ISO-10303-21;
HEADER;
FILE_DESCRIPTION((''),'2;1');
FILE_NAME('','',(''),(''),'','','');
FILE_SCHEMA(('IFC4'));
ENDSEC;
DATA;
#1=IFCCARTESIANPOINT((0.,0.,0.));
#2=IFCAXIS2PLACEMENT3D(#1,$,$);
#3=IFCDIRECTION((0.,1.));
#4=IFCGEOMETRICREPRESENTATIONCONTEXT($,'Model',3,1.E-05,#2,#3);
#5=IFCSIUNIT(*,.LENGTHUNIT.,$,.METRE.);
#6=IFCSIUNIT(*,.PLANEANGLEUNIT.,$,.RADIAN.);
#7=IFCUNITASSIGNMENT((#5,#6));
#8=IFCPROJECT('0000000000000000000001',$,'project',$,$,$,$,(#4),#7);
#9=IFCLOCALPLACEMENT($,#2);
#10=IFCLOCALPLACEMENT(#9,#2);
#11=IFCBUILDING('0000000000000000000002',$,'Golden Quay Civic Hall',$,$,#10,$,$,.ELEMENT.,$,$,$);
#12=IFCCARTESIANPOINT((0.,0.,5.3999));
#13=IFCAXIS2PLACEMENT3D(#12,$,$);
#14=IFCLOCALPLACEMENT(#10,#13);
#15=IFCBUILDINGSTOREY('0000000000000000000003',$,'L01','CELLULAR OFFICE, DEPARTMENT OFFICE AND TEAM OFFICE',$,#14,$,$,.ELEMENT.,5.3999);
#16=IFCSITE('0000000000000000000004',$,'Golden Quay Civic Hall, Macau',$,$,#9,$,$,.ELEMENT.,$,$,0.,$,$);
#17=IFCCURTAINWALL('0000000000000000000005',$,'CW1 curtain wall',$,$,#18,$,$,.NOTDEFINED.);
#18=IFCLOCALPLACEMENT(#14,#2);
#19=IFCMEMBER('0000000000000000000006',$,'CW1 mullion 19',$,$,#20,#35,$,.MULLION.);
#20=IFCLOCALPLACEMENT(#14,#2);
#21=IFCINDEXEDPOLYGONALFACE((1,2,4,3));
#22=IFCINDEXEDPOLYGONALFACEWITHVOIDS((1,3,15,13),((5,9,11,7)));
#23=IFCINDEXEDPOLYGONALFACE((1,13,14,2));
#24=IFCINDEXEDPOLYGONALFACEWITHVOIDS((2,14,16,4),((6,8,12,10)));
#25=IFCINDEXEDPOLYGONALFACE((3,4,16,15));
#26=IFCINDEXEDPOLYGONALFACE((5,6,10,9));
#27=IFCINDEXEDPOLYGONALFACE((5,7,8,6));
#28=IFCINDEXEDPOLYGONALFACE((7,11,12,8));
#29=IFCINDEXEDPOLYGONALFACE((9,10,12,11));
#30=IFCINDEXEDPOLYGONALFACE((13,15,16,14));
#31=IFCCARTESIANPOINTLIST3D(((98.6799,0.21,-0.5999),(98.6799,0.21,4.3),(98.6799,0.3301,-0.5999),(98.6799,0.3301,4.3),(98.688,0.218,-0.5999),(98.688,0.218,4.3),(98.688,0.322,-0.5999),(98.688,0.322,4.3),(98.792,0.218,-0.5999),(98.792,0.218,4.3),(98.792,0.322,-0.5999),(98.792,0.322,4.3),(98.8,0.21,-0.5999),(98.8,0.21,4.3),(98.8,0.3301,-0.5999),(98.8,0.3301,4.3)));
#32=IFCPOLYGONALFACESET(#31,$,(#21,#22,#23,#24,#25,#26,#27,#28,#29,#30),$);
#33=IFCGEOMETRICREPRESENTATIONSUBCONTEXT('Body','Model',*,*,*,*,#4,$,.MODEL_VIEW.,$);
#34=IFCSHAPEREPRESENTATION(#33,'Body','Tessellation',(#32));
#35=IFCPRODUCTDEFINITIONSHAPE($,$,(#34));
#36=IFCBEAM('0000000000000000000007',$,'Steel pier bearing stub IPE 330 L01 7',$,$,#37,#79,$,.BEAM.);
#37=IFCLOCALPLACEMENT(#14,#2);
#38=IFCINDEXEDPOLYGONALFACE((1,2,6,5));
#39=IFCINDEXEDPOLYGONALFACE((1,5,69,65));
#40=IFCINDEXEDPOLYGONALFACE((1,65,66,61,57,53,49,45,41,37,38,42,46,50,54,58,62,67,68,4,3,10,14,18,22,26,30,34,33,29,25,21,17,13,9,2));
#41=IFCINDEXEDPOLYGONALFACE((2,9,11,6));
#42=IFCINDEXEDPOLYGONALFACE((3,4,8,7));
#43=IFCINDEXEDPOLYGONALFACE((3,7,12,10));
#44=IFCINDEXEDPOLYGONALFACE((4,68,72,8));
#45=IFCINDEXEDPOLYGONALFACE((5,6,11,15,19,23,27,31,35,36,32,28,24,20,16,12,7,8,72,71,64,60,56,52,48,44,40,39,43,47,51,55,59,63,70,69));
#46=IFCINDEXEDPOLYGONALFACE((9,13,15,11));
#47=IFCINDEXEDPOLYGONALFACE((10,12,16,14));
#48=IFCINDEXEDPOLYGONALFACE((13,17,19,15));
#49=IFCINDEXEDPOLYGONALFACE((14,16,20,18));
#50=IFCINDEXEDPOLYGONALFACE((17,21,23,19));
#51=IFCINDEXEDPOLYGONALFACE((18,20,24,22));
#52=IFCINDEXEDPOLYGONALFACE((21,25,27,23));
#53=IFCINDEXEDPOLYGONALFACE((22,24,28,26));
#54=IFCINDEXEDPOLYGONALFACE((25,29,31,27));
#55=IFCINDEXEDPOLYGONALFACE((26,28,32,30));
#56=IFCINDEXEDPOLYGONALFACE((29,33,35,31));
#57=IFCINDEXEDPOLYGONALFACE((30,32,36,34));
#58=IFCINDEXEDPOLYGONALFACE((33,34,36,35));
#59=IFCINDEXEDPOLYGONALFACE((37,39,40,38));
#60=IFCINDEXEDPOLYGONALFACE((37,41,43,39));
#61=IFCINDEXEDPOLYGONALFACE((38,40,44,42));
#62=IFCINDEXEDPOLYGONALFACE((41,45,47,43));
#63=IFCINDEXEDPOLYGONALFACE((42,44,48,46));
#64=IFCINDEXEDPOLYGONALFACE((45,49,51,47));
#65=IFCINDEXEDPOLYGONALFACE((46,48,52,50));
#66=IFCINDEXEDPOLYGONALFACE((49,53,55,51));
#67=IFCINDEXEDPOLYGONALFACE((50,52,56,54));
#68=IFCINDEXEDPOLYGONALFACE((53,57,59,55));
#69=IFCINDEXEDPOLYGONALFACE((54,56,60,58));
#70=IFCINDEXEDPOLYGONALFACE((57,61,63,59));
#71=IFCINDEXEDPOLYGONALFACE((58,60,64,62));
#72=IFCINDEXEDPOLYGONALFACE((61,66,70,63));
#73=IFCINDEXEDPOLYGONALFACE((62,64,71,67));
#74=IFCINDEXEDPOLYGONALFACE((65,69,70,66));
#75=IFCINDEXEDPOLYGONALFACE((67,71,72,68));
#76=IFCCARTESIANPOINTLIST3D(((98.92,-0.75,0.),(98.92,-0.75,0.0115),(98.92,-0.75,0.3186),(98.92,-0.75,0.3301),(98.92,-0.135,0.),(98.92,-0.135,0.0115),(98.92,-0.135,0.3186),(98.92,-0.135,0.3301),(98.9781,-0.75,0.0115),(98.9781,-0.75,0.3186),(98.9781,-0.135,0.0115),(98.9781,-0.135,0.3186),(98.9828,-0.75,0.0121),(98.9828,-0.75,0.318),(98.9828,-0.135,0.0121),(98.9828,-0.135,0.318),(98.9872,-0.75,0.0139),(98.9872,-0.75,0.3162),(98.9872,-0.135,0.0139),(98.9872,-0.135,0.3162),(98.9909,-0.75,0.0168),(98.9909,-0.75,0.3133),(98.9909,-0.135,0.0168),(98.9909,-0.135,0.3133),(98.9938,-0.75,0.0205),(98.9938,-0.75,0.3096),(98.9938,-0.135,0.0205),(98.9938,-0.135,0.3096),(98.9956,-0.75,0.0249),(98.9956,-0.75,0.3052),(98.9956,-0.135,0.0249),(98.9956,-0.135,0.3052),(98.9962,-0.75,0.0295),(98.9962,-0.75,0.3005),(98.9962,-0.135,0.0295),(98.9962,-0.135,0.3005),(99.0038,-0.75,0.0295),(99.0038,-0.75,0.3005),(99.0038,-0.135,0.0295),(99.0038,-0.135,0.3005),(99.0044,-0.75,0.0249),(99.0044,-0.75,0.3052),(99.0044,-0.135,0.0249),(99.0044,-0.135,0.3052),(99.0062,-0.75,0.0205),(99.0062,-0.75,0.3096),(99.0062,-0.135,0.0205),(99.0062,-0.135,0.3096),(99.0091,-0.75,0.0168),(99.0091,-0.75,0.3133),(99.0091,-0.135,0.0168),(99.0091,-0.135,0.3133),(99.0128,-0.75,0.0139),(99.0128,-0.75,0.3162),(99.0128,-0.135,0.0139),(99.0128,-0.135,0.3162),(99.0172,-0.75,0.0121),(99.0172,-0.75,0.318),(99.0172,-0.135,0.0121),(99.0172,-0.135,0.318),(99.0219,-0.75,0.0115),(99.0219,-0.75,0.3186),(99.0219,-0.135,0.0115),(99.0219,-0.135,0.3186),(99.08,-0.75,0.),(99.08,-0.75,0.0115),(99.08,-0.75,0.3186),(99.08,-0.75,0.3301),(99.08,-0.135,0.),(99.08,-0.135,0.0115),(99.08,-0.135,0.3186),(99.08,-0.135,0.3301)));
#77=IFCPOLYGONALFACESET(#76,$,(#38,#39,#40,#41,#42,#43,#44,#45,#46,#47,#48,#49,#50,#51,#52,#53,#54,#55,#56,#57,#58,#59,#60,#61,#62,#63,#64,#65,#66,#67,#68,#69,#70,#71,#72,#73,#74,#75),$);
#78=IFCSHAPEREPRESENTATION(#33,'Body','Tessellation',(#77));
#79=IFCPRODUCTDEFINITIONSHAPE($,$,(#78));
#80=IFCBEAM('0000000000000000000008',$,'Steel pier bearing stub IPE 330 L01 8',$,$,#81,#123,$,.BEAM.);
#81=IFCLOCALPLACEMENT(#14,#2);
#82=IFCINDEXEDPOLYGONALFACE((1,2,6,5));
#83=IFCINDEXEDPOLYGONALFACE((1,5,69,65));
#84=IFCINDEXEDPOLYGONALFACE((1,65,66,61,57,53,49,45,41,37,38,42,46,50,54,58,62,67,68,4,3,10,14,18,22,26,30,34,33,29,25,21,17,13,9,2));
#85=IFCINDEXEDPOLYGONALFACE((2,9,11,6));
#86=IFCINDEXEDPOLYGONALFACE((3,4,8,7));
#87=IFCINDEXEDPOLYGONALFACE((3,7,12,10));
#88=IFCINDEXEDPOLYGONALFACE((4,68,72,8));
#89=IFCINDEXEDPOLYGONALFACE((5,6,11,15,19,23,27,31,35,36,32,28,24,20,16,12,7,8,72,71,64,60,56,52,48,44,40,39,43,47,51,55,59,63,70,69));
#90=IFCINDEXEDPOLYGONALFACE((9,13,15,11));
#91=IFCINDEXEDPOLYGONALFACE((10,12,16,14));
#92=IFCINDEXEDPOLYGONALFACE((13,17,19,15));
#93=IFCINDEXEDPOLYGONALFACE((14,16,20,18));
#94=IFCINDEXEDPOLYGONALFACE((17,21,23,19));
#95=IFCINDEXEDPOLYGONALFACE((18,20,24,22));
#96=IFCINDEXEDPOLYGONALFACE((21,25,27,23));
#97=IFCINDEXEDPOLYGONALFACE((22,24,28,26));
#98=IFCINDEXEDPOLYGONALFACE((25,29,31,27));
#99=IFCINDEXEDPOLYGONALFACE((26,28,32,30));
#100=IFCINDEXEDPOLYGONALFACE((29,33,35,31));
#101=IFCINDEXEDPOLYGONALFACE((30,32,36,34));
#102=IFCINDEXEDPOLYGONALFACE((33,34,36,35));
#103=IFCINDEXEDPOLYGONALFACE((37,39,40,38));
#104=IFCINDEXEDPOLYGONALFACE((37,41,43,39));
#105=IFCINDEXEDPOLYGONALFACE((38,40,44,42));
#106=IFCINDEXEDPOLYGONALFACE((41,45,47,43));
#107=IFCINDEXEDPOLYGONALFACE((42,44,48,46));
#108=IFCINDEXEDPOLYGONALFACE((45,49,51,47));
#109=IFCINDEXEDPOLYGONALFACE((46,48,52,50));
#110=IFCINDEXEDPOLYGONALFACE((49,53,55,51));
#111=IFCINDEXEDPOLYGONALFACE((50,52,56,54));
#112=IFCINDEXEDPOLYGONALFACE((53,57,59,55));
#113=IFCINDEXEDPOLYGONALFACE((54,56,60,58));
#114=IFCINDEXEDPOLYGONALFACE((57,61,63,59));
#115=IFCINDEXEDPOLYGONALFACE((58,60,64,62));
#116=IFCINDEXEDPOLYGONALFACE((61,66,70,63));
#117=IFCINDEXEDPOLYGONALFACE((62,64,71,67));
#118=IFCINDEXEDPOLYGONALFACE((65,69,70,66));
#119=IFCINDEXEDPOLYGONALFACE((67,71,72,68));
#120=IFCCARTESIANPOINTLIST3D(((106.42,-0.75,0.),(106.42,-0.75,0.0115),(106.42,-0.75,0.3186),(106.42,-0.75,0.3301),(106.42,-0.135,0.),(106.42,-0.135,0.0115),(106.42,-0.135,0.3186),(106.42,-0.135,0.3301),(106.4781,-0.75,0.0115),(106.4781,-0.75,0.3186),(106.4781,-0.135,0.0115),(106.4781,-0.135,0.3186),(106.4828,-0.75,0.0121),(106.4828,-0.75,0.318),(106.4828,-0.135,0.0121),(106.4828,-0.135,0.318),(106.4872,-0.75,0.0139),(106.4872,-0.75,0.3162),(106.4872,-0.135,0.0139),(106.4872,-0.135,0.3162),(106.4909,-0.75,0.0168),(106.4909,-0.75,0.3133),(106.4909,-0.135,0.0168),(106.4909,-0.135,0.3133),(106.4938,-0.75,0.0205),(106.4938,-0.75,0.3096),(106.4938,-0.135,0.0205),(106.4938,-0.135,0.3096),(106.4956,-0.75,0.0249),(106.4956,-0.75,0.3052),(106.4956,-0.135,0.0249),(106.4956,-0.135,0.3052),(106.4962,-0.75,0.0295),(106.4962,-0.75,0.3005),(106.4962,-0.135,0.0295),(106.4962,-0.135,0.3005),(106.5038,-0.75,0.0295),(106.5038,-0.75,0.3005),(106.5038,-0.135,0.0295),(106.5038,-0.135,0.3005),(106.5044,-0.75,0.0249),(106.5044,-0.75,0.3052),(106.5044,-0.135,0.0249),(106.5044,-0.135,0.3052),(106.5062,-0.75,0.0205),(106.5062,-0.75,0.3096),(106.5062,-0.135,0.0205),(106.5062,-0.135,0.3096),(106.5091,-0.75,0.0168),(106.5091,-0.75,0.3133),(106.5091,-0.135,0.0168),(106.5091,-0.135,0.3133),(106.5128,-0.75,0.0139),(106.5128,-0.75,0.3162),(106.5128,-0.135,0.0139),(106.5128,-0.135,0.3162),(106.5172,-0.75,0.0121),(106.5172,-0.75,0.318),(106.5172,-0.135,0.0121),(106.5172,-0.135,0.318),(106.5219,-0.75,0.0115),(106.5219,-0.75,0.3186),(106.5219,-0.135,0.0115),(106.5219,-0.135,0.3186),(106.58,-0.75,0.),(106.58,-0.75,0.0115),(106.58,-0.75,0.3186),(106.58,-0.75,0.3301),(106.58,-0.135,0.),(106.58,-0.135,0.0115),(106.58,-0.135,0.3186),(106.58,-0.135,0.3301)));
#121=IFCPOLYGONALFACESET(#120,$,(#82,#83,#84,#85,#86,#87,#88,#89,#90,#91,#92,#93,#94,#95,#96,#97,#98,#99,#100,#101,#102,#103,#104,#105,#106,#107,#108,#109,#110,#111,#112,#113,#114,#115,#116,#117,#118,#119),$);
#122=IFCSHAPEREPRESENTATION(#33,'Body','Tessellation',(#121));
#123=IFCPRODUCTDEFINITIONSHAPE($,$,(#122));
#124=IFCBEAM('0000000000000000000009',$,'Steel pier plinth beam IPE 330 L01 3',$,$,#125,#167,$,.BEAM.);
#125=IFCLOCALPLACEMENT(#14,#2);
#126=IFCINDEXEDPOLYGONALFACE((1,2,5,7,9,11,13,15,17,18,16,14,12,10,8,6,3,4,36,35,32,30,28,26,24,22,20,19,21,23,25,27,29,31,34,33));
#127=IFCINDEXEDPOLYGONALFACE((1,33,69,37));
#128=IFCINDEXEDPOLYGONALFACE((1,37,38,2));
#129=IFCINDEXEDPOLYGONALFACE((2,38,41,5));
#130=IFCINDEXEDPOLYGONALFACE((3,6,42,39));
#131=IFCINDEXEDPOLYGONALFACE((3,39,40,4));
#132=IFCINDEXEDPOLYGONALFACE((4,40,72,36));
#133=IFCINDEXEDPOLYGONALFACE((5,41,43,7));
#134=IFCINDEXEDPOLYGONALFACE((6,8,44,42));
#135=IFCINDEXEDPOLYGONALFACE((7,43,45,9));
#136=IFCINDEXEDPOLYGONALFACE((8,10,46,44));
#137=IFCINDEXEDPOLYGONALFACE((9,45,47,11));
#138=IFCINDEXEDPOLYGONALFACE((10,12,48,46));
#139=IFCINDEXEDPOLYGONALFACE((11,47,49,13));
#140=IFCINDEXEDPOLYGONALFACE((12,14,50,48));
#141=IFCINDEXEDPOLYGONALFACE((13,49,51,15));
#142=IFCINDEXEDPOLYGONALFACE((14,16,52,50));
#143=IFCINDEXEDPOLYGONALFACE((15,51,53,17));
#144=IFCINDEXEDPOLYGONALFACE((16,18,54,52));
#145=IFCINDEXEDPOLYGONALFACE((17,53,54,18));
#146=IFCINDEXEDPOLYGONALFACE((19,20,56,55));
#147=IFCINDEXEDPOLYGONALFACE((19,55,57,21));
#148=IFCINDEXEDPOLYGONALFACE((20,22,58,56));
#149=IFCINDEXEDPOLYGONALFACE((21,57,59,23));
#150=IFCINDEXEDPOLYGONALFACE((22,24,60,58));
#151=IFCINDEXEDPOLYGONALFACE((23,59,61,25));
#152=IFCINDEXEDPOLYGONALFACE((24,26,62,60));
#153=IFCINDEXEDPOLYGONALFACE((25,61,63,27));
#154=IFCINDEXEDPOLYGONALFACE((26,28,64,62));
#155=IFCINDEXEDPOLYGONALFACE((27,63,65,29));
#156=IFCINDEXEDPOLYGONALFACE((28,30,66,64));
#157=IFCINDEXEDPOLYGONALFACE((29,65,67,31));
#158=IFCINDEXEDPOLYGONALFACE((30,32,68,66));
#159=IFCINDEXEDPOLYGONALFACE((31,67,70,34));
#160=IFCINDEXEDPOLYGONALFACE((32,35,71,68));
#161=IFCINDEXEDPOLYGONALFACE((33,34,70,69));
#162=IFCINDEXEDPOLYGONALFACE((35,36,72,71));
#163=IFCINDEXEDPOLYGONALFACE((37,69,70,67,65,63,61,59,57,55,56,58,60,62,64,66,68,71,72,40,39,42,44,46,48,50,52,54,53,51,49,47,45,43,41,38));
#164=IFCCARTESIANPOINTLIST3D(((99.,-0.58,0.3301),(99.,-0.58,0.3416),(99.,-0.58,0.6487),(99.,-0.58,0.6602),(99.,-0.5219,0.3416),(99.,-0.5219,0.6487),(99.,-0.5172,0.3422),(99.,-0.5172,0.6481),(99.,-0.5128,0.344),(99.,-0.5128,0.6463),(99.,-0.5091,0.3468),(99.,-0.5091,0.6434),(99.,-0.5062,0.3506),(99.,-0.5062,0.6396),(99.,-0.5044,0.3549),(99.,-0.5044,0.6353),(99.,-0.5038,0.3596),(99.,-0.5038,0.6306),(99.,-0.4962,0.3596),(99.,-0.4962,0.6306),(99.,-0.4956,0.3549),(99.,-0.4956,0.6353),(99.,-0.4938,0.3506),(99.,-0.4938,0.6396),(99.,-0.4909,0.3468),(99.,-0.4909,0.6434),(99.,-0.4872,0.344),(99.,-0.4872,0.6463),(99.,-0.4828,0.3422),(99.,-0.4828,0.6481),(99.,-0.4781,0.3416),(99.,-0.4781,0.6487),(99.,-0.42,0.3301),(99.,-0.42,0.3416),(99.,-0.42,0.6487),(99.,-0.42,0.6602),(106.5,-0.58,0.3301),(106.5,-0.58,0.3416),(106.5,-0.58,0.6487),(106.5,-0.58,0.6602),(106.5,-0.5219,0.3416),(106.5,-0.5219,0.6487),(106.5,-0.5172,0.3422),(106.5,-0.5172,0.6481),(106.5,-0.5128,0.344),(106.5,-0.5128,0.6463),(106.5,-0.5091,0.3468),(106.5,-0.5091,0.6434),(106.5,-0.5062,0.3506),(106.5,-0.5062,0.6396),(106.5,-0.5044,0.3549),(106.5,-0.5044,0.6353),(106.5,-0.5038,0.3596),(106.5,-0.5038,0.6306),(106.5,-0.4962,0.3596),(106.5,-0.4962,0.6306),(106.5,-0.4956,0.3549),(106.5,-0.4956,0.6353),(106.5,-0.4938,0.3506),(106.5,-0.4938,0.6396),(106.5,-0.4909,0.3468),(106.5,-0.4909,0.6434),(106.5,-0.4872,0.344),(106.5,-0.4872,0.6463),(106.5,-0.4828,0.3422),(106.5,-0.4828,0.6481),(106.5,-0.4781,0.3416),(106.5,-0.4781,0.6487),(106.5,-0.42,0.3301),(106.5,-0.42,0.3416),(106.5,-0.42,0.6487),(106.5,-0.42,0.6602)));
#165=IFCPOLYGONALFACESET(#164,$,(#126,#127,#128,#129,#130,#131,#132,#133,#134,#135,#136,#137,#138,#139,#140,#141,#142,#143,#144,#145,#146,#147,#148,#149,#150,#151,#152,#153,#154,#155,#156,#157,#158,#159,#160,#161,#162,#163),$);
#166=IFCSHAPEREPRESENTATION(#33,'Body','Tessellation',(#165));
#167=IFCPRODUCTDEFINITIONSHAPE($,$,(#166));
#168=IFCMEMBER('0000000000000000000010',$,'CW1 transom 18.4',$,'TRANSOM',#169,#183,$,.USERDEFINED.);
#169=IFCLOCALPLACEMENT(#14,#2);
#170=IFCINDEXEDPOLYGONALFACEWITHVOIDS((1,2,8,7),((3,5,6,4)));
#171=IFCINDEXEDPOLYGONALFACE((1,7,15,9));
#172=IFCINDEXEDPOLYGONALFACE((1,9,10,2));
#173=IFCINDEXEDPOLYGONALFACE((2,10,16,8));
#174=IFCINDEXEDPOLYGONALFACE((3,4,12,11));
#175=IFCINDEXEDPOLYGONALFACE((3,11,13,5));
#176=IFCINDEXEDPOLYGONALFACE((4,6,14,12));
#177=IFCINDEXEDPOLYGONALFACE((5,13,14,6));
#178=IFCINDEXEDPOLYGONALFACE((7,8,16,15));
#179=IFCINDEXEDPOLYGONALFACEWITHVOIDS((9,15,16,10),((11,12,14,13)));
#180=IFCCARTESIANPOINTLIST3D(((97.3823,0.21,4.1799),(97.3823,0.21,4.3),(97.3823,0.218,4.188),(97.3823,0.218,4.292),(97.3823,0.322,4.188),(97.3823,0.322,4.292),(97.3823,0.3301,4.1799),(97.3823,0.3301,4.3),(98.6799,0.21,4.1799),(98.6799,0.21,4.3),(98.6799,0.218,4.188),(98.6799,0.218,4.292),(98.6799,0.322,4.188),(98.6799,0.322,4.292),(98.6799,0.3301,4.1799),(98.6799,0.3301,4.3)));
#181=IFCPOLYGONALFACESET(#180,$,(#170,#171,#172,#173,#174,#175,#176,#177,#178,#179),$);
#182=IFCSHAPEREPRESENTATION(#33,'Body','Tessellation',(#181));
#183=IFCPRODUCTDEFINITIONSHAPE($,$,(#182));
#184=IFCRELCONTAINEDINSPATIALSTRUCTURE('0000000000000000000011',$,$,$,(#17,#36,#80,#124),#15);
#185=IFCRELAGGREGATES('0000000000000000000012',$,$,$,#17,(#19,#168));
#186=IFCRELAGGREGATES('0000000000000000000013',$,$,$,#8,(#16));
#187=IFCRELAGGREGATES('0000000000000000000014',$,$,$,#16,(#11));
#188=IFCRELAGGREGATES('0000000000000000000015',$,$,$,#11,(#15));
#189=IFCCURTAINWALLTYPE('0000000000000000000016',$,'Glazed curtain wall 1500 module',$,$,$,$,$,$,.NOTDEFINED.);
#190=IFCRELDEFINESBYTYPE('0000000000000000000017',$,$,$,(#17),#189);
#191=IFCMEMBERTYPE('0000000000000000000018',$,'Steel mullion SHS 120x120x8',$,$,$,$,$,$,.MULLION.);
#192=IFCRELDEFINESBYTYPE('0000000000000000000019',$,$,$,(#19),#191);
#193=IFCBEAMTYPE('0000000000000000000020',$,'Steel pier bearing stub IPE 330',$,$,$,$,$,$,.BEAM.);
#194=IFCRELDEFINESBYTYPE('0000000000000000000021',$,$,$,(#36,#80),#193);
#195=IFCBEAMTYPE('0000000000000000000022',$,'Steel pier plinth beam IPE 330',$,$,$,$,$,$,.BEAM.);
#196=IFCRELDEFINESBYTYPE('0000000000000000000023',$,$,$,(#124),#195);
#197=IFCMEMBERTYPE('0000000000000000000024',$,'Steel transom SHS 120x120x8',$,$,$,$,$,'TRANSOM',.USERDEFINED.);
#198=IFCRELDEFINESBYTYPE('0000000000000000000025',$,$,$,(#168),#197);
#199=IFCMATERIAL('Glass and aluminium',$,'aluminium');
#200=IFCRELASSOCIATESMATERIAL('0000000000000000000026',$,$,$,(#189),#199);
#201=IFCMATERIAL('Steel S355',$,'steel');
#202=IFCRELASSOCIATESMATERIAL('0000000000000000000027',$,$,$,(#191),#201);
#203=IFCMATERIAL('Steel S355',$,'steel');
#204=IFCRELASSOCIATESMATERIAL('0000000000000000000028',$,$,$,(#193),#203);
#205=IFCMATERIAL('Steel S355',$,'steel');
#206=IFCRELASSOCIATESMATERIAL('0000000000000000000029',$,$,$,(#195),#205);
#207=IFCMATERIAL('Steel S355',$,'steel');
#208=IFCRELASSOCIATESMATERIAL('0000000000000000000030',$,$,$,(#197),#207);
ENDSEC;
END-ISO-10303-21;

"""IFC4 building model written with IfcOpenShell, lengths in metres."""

from ifc_helpers import new_model, si_unit, direction, frame, origin, origin_2d, place, context, subcontext, project, spatial, hollow_rectangle, i_section, extrude, material, material_profile, profile_set, type_object, element, aggregate, save


model = new_model("IFC4")

# Units and contexts
model_context = context("Model", 3, precision=1e-05, world=origin(), true_north=direction((0.0, 1.0)))
body_context = subcontext(model_context, "Body", "Model", "MODEL_VIEW")
ifc_project = project(units=[si_unit("LENGTHUNIT", "METRE"), si_unit("PLANEANGLEUNIT", "RADIAN")], contexts=[model_context])

# Site, building, storey
site_placement = place(None, origin())
site = spatial("IfcSite", under=ifc_project, at=site_placement, Name="Golden Quay Civic Hall, Macau", CompositionType="ELEMENT", RefElevation=0.0)
building_placement = place(site_placement, origin())
building = spatial("IfcBuilding", under=site, at=building_placement, Name="Golden Quay Civic Hall", CompositionType="ELEMENT")
storey_placement = place(building_placement, frame((0.0, 0.0, 5.3999)))
storey = spatial("IfcBuildingStorey", under=building, at=storey_placement, Name="L01", Description="CELLULAR OFFICE, DEPARTMENT OFFICE AND TEAM OFFICE", CompositionType="ELEMENT", Elevation=5.3999)

# Curtain wall, member
ifc_material_1 = material(Name="Glass and aluminium", Category="aluminium")
curtain_wall_type = type_object("IfcCurtainWallType", Name="Glazed curtain wall 1500 module", PredefinedType="NOTDEFINED", material=ifc_material_1)
curtain_wall_placement = place(storey_placement, origin())
curtain_wall = element("IfcCurtainWall", 1, at=curtain_wall_placement, inside=storey, type_object=curtain_wall_type, Name="CW1 curtain wall", PredefinedType="NOTDEFINED")
ifc_material_2 = material(Name="Steel S355", Category="steel")
ifc_material_profile_1 = material_profile(ifc_material_2, hollow_rectangle(XDim=0.1201, YDim=0.1201, WallThickness=0.0081, at=origin_2d()), Name="SHS 120x120x8")
ifc_profile_set_1 = profile_set([ifc_material_profile_1], Name="Steel S355")
member_type_1 = type_object("IfcMemberType", Name="Steel mullion SHS 120x120x8", PredefinedType="MULLION", material=ifc_profile_set_1)
member_1_placement = place(storey_placement, frame((98.74, 0.27, -0.5999), z_axis=(0.0, 0.0, 1.0), x_axis=(0.0, 1.0, 0.0)))
member_1 = element("IfcMember", 2, at=member_1_placement, type_object=member_type_1, Name="CW1 mullion 19", PredefinedType="MULLION", context=body_context, shape_type="SweptSolid", body=[
    extrude(hollow_rectangle(XDim=0.1201, YDim=0.1201, WallThickness=0.0081, at=origin_2d()), origin(), (0.0, 0.0, 1.0), 4.8999),
])

# Beams
ifc_material_3 = material(Name="Steel S355", Category="steel")
ifc_material_profile_2 = material_profile(ifc_material_3, i_section(OverallWidth=0.1599, OverallDepth=0.3301, WebThickness=0.0076, FlangeThickness=0.0115, FilletRadius=0.0181, at=origin_2d()), Name="IPE 330")
ifc_profile_set_2 = profile_set([ifc_material_profile_2], Name="Steel S355")
beam_type_1 = type_object("IfcBeamType", Name="Steel pier bearing stub IPE 330", PredefinedType="BEAM", material=ifc_profile_set_2)
for number, where, z_axis, x_axis, name in (
    (3, (99.0, -0.135, 0.165), (0.0, -1.0, 0.0), (1.0, 0.0, 0.0), "Steel pier bearing stub IPE 330 L01 7"),
    (4, (106.5, -0.135, 0.165), (0.0, -1.0, 0.0), (1.0, 0.0, 0.0), "Steel pier bearing stub IPE 330 L01 8"),
):
    element("IfcBeam", number, at=place(storey_placement, frame(where, z_axis=z_axis, x_axis=x_axis)), inside=storey, type_object=beam_type_1, Name=name, PredefinedType="BEAM", context=body_context, shape_type="SweptSolid", body=[
        extrude(i_section(OverallWidth=0.1599, OverallDepth=0.3301, WebThickness=0.0076, FlangeThickness=0.0115, FilletRadius=0.0181, at=origin_2d()), origin(), (0.0, 0.0, 1.0), 0.615),
    ])
ifc_material_4 = material(Name="Steel S355", Category="steel")
ifc_material_profile_3 = material_profile(ifc_material_4, i_section(OverallWidth=0.1599, OverallDepth=0.3301, WebThickness=0.0076, FlangeThickness=0.0115, FilletRadius=0.0181, at=origin_2d()), Name="IPE 330")
ifc_profile_set_3 = profile_set([ifc_material_profile_3], Name="Steel S355")
beam_type_2 = type_object("IfcBeamType", Name="Steel pier plinth beam IPE 330", PredefinedType="BEAM", material=ifc_profile_set_3)
beam_1_placement = place(storey_placement, frame((99.0, -0.5, 0.4951), z_axis=(1.0, 0.0, 0.0), x_axis=(0.0, 1.0, 0.0)))
element("IfcBeam", 5, at=beam_1_placement, inside=storey, type_object=beam_type_2, Name="Steel pier plinth beam IPE 330 L01 3", PredefinedType="BEAM", context=body_context, shape_type="SweptSolid", body=[
    extrude(i_section(OverallWidth=0.1599, OverallDepth=0.3301, WebThickness=0.0076, FlangeThickness=0.0115, FilletRadius=0.0181, at=origin_2d()), origin(), (0.0, 0.0, 1.0), 7.5),
])

# Member
ifc_material_5 = material(Name="Steel S355", Category="steel")
ifc_material_profile_4 = material_profile(ifc_material_5, hollow_rectangle(XDim=0.1201, YDim=0.1201, WallThickness=0.0081, at=origin_2d()), Name="SHS 120x120x8")
ifc_profile_set_4 = profile_set([ifc_material_profile_4], Name="Steel S355")
member_type_2 = type_object("IfcMemberType", Name="Steel transom SHS 120x120x8", ElementType="TRANSOM", PredefinedType="USERDEFINED", material=ifc_profile_set_4)
member_2_placement = place(storey_placement, frame((97.3823, 0.27, 4.24), z_axis=(1.0, 0.0, 0.0), x_axis=(0.0, 1.0, 0.0)))
member_2 = element("IfcMember", 6, at=member_2_placement, type_object=member_type_2, Name="CW1 transom 18.4", ObjectType="TRANSOM", PredefinedType="USERDEFINED", context=body_context, shape_type="SweptSolid", body=[
    extrude(hollow_rectangle(XDim=0.1201, YDim=0.1201, WallThickness=0.0081, at=origin_2d()), origin(), (0.0, 0.0, 1.0), 1.2976),
])

aggregate(curtain_wall, [member_1, member_2])

save(model, "model.ifc")
